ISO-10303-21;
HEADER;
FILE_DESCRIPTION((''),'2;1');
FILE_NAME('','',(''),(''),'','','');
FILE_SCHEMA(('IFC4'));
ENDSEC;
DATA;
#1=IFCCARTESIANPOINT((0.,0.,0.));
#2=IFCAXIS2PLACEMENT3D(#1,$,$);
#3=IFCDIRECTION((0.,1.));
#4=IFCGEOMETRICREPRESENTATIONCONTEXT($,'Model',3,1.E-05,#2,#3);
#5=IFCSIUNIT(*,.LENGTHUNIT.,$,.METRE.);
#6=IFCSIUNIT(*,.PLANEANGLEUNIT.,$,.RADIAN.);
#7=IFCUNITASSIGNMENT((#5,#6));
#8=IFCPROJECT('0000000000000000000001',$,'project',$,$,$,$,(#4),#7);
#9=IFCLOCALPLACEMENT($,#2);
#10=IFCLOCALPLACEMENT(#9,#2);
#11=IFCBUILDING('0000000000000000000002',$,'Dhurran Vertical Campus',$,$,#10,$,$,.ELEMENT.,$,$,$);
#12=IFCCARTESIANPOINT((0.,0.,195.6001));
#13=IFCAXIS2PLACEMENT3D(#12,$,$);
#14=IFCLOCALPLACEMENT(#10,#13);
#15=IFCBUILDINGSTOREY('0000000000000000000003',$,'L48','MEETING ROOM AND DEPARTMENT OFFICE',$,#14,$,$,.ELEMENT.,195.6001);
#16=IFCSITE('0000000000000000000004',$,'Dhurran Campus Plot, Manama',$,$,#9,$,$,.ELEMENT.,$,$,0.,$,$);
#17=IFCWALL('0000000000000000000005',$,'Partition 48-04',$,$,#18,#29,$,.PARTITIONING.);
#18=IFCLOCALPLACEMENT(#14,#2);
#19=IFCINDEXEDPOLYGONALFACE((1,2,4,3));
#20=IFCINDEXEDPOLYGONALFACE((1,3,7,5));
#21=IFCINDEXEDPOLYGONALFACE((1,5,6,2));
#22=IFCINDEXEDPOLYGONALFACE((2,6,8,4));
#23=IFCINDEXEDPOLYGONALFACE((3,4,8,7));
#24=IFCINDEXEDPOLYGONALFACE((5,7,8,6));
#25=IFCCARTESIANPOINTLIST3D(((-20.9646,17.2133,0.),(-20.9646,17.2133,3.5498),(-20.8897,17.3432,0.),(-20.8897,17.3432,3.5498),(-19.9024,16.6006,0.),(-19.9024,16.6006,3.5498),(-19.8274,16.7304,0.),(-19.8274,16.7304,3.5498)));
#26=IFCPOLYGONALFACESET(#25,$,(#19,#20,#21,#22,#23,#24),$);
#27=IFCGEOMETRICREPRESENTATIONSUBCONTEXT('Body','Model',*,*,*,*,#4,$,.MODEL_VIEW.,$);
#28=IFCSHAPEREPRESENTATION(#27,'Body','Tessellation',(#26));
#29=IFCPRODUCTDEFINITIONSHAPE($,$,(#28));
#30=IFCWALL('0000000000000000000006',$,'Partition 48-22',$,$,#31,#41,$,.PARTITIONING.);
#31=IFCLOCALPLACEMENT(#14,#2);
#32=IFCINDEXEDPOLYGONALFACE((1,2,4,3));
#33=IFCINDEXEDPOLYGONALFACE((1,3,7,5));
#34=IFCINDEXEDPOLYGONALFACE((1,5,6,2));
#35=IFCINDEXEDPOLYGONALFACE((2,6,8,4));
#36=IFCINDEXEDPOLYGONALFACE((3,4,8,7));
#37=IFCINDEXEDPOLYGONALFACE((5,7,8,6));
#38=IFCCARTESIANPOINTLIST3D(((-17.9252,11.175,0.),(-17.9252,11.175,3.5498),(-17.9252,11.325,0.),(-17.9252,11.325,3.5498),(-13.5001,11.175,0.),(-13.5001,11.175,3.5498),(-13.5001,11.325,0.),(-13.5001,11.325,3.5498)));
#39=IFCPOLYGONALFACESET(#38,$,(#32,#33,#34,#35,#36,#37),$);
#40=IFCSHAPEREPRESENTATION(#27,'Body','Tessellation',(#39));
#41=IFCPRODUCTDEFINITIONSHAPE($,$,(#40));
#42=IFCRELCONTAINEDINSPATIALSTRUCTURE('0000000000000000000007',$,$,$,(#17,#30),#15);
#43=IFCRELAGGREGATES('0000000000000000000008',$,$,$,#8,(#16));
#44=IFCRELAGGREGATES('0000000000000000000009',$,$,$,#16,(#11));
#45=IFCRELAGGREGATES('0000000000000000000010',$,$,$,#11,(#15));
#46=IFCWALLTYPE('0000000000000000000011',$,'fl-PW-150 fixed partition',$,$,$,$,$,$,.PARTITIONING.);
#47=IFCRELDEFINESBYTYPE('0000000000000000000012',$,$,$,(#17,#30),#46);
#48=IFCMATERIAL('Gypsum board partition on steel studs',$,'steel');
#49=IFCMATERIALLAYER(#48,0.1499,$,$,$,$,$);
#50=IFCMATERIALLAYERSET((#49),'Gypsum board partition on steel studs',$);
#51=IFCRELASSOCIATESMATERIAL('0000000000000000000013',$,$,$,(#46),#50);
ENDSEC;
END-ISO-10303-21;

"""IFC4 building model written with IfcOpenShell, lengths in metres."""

from ifc_helpers import new_model, si_unit, direction, frame, frame_2d, origin, place, context, subcontext, project, spatial, rectangle, extrude, material, layer, layer_set, type_object, element, save


model = new_model("IFC4")

# Units and contexts
model_context = context("Model", 3, precision=1e-05, world=origin(), true_north=direction((0.0, 1.0)))
body_context = subcontext(model_context, "Body", "Model", "MODEL_VIEW")
ifc_project = project(units=[si_unit("LENGTHUNIT", "METRE"), si_unit("PLANEANGLEUNIT", "RADIAN")], contexts=[model_context])

# Site, building, storey
site_placement = place(None, origin())
site = spatial("IfcSite", under=ifc_project, at=site_placement, Name="Dhurran Campus Plot, Manama", CompositionType="ELEMENT", RefElevation=0.0)
building_placement = place(site_placement, origin())
building = spatial("IfcBuilding", under=site, at=building_placement, Name="Dhurran Vertical Campus", CompositionType="ELEMENT")
storey_placement = place(building_placement, frame((0.0, 0.0, 195.6001)))
storey = spatial("IfcBuildingStorey", under=building, at=storey_placement, Name="L48", Description="MEETING ROOM AND DEPARTMENT OFFICE", CompositionType="ELEMENT", Elevation=195.6001)

# Walls
ifc_material_1 = material(Name="Gypsum board partition on steel studs", Category="steel")
ifc_layer_1 = layer(ifc_material_1, 0.1499)
ifc_layer_set_1 = layer_set([ifc_layer_1], Name="Gypsum board partition on steel studs")
wall_type_1 = type_object("IfcWallType", Name="fl-PW-150 fixed partition", PredefinedType="PARTITIONING", material=ifc_layer_set_1)
wall_1_placement = place(storey_placement, frame((-20.9272, 17.2783, 0.0), z_axis=(0.0, 0.0, 1.0), x_axis=(0.866202, -0.499694, 0.0)))
element("IfcWall", 1, at=wall_1_placement, inside=storey, type_object=wall_type_1, Name="Partition 48-04", PredefinedType="PARTITIONING", context=body_context, shape_type="SweptSolid", body=[
    extrude(rectangle(XDim=1.2263, YDim=0.1499, at=frame_2d((0.6133, 0.0))), origin(), (0.0, 0.0, 1.0), 3.5498),
])
wall_2_placement = place(storey_placement, frame((-17.925, 11.25, 0.0), z_axis=(0.0, 0.0, 1.0), x_axis=(1.0, 0.0, 0.0)))
element("IfcWall", 2, at=wall_2_placement, inside=storey, type_object=wall_type_1, Name="Partition 48-22", PredefinedType="PARTITIONING", context=body_context, shape_type="SweptSolid", body=[
    extrude(rectangle(XDim=4.425, YDim=0.1499, at=frame_2d((2.2124, 0.0))), origin(), (0.0, 0.0, 1.0), 3.5498),
])

save(model, "model.ifc")
